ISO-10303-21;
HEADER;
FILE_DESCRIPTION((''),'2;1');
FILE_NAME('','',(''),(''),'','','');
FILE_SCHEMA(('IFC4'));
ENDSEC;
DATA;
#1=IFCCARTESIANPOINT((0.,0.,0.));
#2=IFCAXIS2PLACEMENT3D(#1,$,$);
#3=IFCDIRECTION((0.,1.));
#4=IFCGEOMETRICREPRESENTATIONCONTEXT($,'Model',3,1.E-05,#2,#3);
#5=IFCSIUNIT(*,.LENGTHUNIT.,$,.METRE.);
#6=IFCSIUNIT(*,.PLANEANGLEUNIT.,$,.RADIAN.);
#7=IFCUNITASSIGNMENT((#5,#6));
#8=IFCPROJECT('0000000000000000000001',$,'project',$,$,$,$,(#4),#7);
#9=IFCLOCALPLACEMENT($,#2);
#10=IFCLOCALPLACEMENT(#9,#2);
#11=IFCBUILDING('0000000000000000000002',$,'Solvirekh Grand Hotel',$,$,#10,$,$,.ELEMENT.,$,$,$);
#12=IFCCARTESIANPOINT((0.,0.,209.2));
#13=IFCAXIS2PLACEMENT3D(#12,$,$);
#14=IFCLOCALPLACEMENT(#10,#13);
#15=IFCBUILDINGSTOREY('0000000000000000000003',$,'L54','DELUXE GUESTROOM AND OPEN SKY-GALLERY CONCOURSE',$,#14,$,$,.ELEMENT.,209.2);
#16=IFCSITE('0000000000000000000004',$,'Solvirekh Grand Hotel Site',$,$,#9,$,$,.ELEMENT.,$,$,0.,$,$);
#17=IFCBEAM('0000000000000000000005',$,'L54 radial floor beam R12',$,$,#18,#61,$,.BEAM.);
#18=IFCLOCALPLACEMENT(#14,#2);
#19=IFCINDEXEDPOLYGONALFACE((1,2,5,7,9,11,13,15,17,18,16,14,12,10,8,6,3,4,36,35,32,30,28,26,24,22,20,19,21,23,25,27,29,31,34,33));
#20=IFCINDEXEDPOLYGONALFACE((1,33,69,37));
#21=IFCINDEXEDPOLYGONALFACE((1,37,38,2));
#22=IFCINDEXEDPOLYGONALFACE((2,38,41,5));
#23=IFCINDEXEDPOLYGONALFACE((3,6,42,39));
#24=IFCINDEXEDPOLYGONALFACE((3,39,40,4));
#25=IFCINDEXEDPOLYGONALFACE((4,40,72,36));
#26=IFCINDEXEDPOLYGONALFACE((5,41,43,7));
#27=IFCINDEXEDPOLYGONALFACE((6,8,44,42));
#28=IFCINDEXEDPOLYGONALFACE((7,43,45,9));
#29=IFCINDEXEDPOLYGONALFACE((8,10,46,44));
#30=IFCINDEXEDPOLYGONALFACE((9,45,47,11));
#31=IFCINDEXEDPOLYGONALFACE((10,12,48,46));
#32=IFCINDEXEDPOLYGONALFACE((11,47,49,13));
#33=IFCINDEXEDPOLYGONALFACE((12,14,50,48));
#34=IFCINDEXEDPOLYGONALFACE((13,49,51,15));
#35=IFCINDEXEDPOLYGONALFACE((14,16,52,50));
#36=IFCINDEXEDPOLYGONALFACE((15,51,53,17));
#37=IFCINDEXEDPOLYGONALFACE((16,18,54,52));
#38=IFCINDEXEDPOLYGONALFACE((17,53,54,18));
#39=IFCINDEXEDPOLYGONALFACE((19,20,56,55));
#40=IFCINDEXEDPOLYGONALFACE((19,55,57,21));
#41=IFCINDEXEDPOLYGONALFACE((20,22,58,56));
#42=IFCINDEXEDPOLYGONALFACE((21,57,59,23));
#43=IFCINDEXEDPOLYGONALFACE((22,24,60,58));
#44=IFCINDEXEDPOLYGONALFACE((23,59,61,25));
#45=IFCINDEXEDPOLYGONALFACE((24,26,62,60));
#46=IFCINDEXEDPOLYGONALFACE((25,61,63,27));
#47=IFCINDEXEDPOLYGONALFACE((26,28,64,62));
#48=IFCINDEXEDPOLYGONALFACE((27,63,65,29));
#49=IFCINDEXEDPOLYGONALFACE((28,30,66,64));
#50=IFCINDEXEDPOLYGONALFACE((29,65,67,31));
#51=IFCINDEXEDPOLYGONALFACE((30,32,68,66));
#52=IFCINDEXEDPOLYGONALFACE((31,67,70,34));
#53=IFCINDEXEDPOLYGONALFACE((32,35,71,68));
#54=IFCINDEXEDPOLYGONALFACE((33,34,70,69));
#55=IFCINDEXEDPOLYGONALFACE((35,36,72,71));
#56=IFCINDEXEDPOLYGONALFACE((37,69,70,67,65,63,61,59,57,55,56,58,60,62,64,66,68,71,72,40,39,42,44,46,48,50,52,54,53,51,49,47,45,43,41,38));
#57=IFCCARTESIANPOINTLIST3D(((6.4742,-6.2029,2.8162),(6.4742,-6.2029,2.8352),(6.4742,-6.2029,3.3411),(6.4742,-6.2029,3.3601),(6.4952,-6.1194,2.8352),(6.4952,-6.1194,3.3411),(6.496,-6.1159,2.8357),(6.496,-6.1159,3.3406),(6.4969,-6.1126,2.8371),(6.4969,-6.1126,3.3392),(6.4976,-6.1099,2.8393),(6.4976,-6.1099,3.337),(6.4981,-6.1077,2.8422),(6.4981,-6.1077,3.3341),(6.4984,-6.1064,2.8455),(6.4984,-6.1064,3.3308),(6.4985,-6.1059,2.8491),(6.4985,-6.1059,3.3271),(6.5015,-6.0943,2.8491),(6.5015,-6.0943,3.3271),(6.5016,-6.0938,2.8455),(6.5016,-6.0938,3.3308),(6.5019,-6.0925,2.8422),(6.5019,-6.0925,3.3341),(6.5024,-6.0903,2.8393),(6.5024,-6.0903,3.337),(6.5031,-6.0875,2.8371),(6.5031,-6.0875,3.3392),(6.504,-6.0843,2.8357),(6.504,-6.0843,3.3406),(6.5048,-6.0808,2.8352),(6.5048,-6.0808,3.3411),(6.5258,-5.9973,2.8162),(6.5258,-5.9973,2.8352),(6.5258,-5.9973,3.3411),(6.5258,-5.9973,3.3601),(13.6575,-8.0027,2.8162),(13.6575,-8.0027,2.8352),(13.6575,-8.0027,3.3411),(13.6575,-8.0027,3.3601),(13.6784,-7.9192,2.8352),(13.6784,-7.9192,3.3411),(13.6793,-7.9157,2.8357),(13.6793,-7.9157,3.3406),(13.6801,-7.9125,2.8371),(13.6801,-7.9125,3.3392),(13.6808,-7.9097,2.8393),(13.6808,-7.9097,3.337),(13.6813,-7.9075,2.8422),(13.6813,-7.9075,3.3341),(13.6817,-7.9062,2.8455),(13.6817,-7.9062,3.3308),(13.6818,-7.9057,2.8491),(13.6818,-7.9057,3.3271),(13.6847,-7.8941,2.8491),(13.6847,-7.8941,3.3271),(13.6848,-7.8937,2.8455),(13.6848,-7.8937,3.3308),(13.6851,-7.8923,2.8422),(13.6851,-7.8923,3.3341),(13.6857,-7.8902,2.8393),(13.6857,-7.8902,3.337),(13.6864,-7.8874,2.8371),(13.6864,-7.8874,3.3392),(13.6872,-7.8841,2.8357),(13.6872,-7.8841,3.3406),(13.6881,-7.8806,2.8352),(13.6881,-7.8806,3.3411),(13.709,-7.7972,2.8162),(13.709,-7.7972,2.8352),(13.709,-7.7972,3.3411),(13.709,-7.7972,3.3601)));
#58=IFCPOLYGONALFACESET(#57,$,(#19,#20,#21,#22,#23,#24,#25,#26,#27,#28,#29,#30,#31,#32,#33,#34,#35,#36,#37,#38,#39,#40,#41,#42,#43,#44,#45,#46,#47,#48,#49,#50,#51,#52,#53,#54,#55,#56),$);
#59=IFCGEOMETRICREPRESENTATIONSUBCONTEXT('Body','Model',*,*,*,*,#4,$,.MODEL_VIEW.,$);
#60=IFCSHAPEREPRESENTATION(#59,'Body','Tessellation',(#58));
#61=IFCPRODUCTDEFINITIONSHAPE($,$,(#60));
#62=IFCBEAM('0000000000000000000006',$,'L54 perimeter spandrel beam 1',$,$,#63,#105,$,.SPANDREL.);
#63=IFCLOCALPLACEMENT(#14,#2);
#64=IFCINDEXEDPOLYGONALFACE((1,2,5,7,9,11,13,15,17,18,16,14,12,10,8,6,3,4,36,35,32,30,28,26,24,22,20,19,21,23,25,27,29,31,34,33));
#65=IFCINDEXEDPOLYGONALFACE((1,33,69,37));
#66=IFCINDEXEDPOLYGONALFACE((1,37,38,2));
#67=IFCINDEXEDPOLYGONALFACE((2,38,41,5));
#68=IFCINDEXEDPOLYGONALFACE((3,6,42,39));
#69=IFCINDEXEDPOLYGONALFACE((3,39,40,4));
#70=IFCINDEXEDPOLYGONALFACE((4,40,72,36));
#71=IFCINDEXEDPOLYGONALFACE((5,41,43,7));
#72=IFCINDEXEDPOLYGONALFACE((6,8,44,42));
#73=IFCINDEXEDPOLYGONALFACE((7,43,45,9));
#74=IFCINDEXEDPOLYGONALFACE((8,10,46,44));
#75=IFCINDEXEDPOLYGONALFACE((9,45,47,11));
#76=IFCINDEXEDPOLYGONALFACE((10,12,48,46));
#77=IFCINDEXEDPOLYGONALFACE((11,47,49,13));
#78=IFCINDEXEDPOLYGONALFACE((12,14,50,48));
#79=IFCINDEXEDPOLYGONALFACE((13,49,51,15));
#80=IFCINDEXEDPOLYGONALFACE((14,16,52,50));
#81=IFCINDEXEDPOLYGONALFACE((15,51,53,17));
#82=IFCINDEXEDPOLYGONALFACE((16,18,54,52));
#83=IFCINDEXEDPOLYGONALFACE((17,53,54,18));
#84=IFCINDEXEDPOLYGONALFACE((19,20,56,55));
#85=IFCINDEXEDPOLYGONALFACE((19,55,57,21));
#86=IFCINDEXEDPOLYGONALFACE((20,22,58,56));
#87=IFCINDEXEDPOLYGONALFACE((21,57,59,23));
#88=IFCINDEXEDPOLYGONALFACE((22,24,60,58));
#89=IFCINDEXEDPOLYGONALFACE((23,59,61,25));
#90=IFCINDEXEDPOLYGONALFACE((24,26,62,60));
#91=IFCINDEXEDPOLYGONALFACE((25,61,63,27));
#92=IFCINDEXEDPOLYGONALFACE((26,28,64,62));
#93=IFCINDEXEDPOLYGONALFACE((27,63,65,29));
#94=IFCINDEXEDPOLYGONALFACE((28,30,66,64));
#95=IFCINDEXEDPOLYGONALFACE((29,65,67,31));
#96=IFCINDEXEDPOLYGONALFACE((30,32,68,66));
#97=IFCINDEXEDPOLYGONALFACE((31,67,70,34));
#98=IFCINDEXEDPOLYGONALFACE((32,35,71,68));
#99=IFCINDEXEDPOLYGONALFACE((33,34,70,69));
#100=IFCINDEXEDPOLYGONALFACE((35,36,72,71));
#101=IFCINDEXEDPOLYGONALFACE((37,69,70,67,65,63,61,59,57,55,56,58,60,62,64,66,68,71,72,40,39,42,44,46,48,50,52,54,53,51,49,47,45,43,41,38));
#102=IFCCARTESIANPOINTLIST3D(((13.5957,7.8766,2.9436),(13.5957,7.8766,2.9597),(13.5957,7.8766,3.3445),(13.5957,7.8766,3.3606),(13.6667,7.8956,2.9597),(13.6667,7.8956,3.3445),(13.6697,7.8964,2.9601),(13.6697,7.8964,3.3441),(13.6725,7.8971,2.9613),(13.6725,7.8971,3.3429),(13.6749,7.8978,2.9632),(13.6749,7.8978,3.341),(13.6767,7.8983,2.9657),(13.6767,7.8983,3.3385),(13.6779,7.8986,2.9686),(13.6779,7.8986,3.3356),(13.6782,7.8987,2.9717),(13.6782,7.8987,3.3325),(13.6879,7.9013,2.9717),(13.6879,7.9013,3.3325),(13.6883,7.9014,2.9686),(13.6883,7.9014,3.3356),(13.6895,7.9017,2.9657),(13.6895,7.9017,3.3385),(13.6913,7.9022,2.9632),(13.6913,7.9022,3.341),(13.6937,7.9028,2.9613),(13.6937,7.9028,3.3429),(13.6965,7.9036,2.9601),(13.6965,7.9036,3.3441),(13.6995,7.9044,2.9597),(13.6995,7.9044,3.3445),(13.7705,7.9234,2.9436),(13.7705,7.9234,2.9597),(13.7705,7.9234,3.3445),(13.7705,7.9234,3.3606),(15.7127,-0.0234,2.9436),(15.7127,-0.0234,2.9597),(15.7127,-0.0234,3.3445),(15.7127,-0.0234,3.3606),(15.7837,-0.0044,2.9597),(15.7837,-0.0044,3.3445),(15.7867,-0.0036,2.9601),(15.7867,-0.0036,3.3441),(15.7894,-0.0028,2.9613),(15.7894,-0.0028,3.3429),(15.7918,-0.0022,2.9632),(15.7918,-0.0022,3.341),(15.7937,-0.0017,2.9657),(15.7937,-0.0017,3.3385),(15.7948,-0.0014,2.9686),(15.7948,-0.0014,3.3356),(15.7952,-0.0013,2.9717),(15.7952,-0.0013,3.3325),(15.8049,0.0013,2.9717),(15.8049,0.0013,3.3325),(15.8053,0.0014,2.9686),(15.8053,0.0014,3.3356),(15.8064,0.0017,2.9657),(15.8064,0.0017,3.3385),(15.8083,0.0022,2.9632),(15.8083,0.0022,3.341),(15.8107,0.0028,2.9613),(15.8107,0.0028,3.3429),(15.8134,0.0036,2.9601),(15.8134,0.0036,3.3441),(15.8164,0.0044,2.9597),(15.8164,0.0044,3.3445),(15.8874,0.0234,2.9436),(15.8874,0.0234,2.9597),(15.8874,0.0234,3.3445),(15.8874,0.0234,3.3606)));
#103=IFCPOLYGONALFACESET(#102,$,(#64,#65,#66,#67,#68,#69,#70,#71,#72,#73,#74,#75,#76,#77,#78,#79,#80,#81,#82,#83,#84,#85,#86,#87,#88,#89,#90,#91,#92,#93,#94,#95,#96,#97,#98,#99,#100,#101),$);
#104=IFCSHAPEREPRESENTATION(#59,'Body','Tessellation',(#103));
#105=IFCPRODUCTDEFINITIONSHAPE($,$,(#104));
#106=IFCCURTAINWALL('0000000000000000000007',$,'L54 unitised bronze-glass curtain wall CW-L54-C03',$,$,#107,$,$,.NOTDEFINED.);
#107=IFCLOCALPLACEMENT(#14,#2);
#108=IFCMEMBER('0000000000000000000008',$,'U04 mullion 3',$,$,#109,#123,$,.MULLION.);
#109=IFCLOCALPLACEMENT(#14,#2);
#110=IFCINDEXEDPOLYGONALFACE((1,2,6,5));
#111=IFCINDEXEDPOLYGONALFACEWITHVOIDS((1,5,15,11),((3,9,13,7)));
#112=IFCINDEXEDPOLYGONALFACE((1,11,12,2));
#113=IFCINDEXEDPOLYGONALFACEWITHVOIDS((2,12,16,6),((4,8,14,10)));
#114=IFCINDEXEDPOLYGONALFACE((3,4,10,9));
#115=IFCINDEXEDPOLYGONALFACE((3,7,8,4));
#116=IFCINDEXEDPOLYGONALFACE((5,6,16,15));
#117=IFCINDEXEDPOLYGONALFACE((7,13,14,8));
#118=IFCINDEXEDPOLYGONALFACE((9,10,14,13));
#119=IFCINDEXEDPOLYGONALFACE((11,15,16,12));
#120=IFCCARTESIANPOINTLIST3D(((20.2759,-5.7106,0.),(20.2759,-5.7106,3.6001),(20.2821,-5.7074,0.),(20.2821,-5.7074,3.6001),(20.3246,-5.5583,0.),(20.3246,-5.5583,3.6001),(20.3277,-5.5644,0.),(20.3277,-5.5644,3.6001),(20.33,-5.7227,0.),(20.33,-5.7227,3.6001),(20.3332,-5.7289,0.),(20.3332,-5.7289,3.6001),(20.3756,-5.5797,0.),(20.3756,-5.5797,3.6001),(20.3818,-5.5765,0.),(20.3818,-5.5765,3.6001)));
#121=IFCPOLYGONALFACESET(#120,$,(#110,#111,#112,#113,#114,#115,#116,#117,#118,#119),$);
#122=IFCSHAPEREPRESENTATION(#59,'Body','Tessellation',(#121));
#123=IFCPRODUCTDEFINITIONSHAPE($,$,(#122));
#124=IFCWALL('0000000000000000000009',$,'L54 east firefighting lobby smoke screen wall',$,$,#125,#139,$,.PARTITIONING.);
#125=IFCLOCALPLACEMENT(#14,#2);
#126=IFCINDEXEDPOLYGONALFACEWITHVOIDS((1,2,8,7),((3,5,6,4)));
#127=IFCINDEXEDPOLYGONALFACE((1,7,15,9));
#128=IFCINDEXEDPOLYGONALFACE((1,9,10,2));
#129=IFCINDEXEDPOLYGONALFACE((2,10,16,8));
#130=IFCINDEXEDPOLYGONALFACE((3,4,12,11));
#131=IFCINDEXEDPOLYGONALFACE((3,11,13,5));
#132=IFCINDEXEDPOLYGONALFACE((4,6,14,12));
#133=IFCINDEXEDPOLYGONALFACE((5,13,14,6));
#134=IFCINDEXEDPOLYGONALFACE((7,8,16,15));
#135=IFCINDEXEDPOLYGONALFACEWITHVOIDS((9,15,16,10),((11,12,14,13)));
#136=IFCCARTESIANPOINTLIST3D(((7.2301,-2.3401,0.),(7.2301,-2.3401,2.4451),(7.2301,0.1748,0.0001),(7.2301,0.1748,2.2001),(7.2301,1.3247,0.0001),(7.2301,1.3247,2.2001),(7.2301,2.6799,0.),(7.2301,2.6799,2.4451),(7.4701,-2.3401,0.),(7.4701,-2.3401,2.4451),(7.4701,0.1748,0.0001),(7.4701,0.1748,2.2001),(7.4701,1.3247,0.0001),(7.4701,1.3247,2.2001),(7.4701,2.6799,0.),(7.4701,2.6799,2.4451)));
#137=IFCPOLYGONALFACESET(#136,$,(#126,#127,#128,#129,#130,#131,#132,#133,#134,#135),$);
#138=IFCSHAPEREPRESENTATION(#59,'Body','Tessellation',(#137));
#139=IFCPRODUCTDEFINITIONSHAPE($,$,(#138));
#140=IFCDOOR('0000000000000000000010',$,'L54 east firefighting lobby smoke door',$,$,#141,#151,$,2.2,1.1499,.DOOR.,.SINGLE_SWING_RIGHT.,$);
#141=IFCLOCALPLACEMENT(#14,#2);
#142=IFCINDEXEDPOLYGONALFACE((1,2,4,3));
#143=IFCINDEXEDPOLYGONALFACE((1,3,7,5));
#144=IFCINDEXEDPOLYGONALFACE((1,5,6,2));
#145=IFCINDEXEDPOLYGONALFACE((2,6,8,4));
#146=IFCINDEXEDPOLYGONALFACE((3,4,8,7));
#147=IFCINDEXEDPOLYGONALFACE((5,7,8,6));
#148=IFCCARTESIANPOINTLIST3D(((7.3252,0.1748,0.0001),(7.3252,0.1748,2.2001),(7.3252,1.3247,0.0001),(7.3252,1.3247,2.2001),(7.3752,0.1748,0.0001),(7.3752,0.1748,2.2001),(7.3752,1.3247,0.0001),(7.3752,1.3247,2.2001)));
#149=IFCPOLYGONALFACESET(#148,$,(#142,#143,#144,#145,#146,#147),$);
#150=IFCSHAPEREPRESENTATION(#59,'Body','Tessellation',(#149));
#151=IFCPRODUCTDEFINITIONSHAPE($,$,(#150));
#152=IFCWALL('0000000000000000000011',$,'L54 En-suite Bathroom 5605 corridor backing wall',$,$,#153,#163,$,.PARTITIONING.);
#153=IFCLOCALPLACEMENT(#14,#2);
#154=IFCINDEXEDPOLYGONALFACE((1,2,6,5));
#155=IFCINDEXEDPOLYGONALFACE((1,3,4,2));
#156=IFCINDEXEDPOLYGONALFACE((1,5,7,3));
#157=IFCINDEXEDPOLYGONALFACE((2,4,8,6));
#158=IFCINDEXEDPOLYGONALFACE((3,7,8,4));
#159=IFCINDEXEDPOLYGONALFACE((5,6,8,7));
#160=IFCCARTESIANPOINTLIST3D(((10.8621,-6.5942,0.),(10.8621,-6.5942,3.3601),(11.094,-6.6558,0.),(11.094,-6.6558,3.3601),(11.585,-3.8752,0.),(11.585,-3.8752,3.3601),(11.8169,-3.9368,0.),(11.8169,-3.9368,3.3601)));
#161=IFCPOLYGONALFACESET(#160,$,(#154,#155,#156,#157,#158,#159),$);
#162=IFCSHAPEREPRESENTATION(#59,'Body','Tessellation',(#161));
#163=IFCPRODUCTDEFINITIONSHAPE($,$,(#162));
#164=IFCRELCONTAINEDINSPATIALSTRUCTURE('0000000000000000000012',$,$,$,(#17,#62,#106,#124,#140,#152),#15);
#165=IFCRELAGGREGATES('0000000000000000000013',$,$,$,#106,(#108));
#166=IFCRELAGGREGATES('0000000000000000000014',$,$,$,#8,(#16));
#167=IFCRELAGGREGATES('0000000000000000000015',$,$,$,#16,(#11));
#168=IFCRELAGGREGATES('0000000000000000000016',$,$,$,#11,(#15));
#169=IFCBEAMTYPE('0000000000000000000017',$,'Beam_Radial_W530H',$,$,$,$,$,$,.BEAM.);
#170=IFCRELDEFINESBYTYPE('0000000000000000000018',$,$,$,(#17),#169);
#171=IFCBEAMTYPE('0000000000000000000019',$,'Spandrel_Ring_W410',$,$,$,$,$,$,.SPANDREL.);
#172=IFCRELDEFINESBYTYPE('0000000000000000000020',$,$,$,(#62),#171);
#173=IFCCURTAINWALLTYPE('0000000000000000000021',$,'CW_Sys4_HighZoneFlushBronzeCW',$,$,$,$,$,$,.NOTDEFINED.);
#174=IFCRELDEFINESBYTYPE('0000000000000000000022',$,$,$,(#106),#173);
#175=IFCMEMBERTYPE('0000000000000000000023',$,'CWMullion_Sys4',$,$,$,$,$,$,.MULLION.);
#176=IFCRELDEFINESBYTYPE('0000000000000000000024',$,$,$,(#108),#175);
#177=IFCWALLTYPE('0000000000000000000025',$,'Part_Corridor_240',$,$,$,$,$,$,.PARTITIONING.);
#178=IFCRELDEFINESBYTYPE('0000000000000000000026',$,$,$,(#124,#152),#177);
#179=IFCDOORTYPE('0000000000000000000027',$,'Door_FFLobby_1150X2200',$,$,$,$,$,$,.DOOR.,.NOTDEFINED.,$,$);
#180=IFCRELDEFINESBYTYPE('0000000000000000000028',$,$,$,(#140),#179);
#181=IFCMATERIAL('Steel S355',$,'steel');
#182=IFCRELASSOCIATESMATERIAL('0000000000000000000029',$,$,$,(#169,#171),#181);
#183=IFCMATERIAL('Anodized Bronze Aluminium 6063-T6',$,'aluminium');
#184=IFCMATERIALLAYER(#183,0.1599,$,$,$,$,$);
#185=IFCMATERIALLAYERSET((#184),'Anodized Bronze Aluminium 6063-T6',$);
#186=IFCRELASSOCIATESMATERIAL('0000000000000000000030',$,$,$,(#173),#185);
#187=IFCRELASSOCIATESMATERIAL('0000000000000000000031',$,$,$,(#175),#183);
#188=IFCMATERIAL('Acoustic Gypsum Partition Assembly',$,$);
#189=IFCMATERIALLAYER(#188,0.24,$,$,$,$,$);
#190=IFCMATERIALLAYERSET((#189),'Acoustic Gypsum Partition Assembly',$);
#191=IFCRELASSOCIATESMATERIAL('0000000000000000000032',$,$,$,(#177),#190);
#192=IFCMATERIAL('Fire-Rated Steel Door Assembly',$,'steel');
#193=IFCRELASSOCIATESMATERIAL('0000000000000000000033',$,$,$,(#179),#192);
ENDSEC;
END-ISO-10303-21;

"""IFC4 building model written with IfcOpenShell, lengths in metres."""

from ifc_helpers import new_model, si_unit, direction, frame, frame_2d, origin, origin_2d, place, context, subcontext, project, spatial, rectangle, hollow_rectangle, i_section, extrude, source, transform, mapped, material, layer, layer_set, material_profile, profile_set, type_object, element, fill, aggregate, save


model = new_model("IFC4")

# Units and contexts
model_context = context("Model", 3, precision=1e-05, world=origin(), true_north=direction((0.0, 1.0)))
body_context = subcontext(model_context, "Body", "Model", "MODEL_VIEW")
ifc_project = project(units=[si_unit("LENGTHUNIT", "METRE"), si_unit("PLANEANGLEUNIT", "RADIAN")], contexts=[model_context])

# Site, building, storey
site_placement = place(None, origin())
site = spatial("IfcSite", under=ifc_project, at=site_placement, Name="Solvirekh Grand Hotel Site", CompositionType="ELEMENT", RefElevation=0.0)
building_placement = place(site_placement, origin())
building = spatial("IfcBuilding", under=site, at=building_placement, Name="Solvirekh Grand Hotel", CompositionType="ELEMENT")
storey_placement = place(building_placement, frame((0.0, 0.0, 209.2)))
storey = spatial("IfcBuildingStorey", under=building, at=storey_placement, Name="L54", Description="DELUXE GUESTROOM AND OPEN SKY-GALLERY CONCOURSE", CompositionType="ELEMENT", Elevation=209.2)

# Beams
ifc_material_1 = material(Name="Steel S355", Category="steel")
ifc_material_profile_1 = material_profile(ifc_material_1, i_section(OverallWidth=0.2119, OverallDepth=0.5439, WebThickness=0.012, FlangeThickness=0.019, FilletRadius=0.0139, at=origin_2d()), Name="W530X123")
ifc_profile_set_1 = profile_set([ifc_material_profile_1], Name="Steel S355")
beam_type_1 = type_object("IfcBeamType", Name="Beam_Radial_W530H", PredefinedType="BEAM", material=ifc_profile_set_1)
beam_1_placement = place(storey_placement, frame((6.5, -6.1001, 3.0881), z_axis=(0.970014, -0.243048, 0.0), x_axis=(0.243048, 0.970014, 0.0)))
element("IfcBeam", 1, at=beam_1_placement, inside=storey, type_object=beam_type_1, Name="L54 radial floor beam R12", PredefinedType="BEAM", context=body_context, shape_type="SweptSolid", body=[
    extrude(i_section(OverallWidth=0.2119, OverallDepth=0.5439, WebThickness=0.012, FlangeThickness=0.019, FilletRadius=0.0139, at=origin_2d()), origin(), (0.0, 0.0, 1.0), 7.4053),
])
ifc_material_profile_2 = material_profile(ifc_material_1, i_section(OverallWidth=0.1809, OverallDepth=0.417, WebThickness=0.01, FlangeThickness=0.0161, FilletRadius=0.012, at=origin_2d()), Name="W410X85")
ifc_profile_set_2 = profile_set([ifc_material_profile_2], Name="Steel S355")
beam_type_2 = type_object("IfcBeamType", Name="Spandrel_Ring_W410", PredefinedType="SPANDREL", material=ifc_profile_set_2)
beam_2_placement = place(storey_placement, frame((15.8, 0.0, 3.1521), z_axis=(-0.258839, 0.965921, 0.0), x_axis=(-0.965921, -0.258839, 0.0)))
element("IfcBeam", 2, at=beam_2_placement, inside=storey, type_object=beam_type_2, Name="L54 perimeter spandrel beam 1", PredefinedType="SPANDREL", context=body_context, shape_type="SweptSolid", body=[
    extrude(i_section(OverallWidth=0.1809, OverallDepth=0.417, WebThickness=0.01, FlangeThickness=0.0161, FilletRadius=0.012, at=origin_2d()), origin(), (0.0, 0.0, 1.0), 8.1787),
])

# Curtain wall, member
ifc_material_2 = material(Name="Anodized Bronze Aluminium 6063-T6", Category="aluminium")
ifc_layer_1 = layer(ifc_material_2, 0.1599)
ifc_layer_set_1 = layer_set([ifc_layer_1], Name="Anodized Bronze Aluminium 6063-T6")
curtain_wall_type = type_object("IfcCurtainWallType", Name="CW_Sys4_HighZoneFlushBronzeCW", PredefinedType="NOTDEFINED", material=ifc_layer_set_1)
curtain_wall_placement = place(storey_placement, origin())
curtain_wall = element("IfcCurtainWall", 3, at=curtain_wall_placement, inside=storey, type_object=curtain_wall_type, Name="L54 unitised bronze-glass curtain wall CW-L54-C03", PredefinedType="NOTDEFINED")
ifc_material_profile_3 = material_profile(ifc_material_2, hollow_rectangle(XDim=0.0601, YDim=0.1599, WallThickness=0.0049, at=origin_2d()), Name="ALU RHS 160X60X5")
ifc_profile_set_3 = profile_set([ifc_material_profile_3], Name="Anodized Bronze Aluminium 6063-T6")
member_type = type_object("IfcMemberType", Name="CWMullion_Sys4", PredefinedType="MULLION", material=ifc_profile_set_3)
shared_shape = source(origin(), body_context, "Body", "SweptSolid", [
    extrude(hollow_rectangle(XDim=0.0601, YDim=0.1599, WallThickness=0.0049, at=origin_2d()), origin(), (0.0, 0.0, 1.0), 3.6001),
])
member_placement = place(storey_placement, frame((20.3289, -5.6436, 0.0), z_axis=(0.0, 0.0, 1.0), x_axis=(-0.952689, 0.303946, 0.0)))
member = element("IfcMember", 4, at=member_placement, type_object=member_type, Name="U04 mullion 3", PredefinedType="MULLION", context=body_context, shape_type="MappedRepresentation", body=[
    mapped(shared_shape, transform((0.0, 0.0, 0.0), x_axis=(1.0, 0.0, 0.0), y_axis=(0.0, 1.0, 0.0), z_axis=(0.0, 0.0, 1.0), scale=1.0)),
])
aggregate(curtain_wall, [member])

# Wall, opening, door
ifc_material_3 = material(Name="Acoustic Gypsum Partition Assembly")
ifc_layer_2 = layer(ifc_material_3, 0.24)
ifc_layer_set_2 = layer_set([ifc_layer_2], Name="Acoustic Gypsum Partition Assembly")
wall_type_1 = type_object("IfcWallType", Name="Part_Corridor_240", PredefinedType="PARTITIONING", material=ifc_layer_set_2)
wall_1_placement = place(storey_placement, frame((7.3501, -2.3401, 0.0), z_axis=(0.0, 0.0, 1.0), x_axis=(0.0, 1.0, 0.0)))
wall_1 = element("IfcWall", 5, at=wall_1_placement, inside=storey, type_object=wall_type_1, Name="L54 east firefighting lobby smoke screen wall", PredefinedType="PARTITIONING", context=body_context, shape_type="SweptSolid", body=[
    extrude(rectangle(XDim=5.02, YDim=0.24, at=frame_2d((2.51, 0.0))), origin(), (0.0, 0.0, 1.0), 2.4451),
])
opening_1_placement = place(wall_1_placement, frame((2.5149, 0.0, 0.0)))
opening_1 = element("IfcOpeningElement", 6, at=opening_1_placement, cuts=wall_1, PredefinedType="OPENING", context=body_context, shape_type="SweptSolid", body=[
    extrude(rectangle(XDim=1.1499, YDim=2.2, at=frame_2d((0.575, 1.1001))), frame((0.0, 0.1299, 0.0), z_axis=(0.0, -1.0, 0.0), x_axis=(1.0, 0.0, 0.0)), (0.0, 0.0, 1.0), 0.26),
])
ifc_material_4 = material(Name="Fire-Rated Steel Door Assembly", Category="steel")
door_type_1 = type_object("IfcDoorType", Name="Door_FFLobby_1150X2200", OperationType="NOTDEFINED", PredefinedType="DOOR", material=ifc_material_4)
door_1_placement = place(opening_1_placement, origin())
door_1 = element("IfcDoor", 7, at=door_1_placement, inside=storey, type_object=door_type_1, Name="L54 east firefighting lobby smoke door", OperationType="SINGLE_SWING_RIGHT", OverallHeight=2.2, OverallWidth=1.1499, PredefinedType="DOOR", context=body_context, shape_type="SweptSolid", body=[
    extrude(rectangle(XDim=1.1499, YDim=2.2, at=frame_2d((0.575, 1.1001))), frame((0.0, 0.0249, 0.0), z_axis=(0.0, -1.0, 0.0), x_axis=(1.0, 0.0, 0.0)), (0.0, 0.0, 1.0), 0.05),
])
fill(opening_1, door_1)

# Wall
wall_2_placement = place(storey_placement, frame((10.978, -6.625, 0.0), z_axis=(0.0, 0.0, 1.0), x_axis=(0.256944, 0.966426, 0.0)))
element("IfcWall", 8, at=wall_2_placement, inside=storey, type_object=wall_type_1, Name="L54 En-suite Bathroom 5605 corridor backing wall", PredefinedType="PARTITIONING", context=body_context, shape_type="SweptSolid", body=[
    extrude(rectangle(XDim=2.8135, YDim=0.24, at=frame_2d((1.4067, 0.0))), origin(), (0.0, 0.0, 1.0), 3.3601),
])

save(model, "model.ifc")
